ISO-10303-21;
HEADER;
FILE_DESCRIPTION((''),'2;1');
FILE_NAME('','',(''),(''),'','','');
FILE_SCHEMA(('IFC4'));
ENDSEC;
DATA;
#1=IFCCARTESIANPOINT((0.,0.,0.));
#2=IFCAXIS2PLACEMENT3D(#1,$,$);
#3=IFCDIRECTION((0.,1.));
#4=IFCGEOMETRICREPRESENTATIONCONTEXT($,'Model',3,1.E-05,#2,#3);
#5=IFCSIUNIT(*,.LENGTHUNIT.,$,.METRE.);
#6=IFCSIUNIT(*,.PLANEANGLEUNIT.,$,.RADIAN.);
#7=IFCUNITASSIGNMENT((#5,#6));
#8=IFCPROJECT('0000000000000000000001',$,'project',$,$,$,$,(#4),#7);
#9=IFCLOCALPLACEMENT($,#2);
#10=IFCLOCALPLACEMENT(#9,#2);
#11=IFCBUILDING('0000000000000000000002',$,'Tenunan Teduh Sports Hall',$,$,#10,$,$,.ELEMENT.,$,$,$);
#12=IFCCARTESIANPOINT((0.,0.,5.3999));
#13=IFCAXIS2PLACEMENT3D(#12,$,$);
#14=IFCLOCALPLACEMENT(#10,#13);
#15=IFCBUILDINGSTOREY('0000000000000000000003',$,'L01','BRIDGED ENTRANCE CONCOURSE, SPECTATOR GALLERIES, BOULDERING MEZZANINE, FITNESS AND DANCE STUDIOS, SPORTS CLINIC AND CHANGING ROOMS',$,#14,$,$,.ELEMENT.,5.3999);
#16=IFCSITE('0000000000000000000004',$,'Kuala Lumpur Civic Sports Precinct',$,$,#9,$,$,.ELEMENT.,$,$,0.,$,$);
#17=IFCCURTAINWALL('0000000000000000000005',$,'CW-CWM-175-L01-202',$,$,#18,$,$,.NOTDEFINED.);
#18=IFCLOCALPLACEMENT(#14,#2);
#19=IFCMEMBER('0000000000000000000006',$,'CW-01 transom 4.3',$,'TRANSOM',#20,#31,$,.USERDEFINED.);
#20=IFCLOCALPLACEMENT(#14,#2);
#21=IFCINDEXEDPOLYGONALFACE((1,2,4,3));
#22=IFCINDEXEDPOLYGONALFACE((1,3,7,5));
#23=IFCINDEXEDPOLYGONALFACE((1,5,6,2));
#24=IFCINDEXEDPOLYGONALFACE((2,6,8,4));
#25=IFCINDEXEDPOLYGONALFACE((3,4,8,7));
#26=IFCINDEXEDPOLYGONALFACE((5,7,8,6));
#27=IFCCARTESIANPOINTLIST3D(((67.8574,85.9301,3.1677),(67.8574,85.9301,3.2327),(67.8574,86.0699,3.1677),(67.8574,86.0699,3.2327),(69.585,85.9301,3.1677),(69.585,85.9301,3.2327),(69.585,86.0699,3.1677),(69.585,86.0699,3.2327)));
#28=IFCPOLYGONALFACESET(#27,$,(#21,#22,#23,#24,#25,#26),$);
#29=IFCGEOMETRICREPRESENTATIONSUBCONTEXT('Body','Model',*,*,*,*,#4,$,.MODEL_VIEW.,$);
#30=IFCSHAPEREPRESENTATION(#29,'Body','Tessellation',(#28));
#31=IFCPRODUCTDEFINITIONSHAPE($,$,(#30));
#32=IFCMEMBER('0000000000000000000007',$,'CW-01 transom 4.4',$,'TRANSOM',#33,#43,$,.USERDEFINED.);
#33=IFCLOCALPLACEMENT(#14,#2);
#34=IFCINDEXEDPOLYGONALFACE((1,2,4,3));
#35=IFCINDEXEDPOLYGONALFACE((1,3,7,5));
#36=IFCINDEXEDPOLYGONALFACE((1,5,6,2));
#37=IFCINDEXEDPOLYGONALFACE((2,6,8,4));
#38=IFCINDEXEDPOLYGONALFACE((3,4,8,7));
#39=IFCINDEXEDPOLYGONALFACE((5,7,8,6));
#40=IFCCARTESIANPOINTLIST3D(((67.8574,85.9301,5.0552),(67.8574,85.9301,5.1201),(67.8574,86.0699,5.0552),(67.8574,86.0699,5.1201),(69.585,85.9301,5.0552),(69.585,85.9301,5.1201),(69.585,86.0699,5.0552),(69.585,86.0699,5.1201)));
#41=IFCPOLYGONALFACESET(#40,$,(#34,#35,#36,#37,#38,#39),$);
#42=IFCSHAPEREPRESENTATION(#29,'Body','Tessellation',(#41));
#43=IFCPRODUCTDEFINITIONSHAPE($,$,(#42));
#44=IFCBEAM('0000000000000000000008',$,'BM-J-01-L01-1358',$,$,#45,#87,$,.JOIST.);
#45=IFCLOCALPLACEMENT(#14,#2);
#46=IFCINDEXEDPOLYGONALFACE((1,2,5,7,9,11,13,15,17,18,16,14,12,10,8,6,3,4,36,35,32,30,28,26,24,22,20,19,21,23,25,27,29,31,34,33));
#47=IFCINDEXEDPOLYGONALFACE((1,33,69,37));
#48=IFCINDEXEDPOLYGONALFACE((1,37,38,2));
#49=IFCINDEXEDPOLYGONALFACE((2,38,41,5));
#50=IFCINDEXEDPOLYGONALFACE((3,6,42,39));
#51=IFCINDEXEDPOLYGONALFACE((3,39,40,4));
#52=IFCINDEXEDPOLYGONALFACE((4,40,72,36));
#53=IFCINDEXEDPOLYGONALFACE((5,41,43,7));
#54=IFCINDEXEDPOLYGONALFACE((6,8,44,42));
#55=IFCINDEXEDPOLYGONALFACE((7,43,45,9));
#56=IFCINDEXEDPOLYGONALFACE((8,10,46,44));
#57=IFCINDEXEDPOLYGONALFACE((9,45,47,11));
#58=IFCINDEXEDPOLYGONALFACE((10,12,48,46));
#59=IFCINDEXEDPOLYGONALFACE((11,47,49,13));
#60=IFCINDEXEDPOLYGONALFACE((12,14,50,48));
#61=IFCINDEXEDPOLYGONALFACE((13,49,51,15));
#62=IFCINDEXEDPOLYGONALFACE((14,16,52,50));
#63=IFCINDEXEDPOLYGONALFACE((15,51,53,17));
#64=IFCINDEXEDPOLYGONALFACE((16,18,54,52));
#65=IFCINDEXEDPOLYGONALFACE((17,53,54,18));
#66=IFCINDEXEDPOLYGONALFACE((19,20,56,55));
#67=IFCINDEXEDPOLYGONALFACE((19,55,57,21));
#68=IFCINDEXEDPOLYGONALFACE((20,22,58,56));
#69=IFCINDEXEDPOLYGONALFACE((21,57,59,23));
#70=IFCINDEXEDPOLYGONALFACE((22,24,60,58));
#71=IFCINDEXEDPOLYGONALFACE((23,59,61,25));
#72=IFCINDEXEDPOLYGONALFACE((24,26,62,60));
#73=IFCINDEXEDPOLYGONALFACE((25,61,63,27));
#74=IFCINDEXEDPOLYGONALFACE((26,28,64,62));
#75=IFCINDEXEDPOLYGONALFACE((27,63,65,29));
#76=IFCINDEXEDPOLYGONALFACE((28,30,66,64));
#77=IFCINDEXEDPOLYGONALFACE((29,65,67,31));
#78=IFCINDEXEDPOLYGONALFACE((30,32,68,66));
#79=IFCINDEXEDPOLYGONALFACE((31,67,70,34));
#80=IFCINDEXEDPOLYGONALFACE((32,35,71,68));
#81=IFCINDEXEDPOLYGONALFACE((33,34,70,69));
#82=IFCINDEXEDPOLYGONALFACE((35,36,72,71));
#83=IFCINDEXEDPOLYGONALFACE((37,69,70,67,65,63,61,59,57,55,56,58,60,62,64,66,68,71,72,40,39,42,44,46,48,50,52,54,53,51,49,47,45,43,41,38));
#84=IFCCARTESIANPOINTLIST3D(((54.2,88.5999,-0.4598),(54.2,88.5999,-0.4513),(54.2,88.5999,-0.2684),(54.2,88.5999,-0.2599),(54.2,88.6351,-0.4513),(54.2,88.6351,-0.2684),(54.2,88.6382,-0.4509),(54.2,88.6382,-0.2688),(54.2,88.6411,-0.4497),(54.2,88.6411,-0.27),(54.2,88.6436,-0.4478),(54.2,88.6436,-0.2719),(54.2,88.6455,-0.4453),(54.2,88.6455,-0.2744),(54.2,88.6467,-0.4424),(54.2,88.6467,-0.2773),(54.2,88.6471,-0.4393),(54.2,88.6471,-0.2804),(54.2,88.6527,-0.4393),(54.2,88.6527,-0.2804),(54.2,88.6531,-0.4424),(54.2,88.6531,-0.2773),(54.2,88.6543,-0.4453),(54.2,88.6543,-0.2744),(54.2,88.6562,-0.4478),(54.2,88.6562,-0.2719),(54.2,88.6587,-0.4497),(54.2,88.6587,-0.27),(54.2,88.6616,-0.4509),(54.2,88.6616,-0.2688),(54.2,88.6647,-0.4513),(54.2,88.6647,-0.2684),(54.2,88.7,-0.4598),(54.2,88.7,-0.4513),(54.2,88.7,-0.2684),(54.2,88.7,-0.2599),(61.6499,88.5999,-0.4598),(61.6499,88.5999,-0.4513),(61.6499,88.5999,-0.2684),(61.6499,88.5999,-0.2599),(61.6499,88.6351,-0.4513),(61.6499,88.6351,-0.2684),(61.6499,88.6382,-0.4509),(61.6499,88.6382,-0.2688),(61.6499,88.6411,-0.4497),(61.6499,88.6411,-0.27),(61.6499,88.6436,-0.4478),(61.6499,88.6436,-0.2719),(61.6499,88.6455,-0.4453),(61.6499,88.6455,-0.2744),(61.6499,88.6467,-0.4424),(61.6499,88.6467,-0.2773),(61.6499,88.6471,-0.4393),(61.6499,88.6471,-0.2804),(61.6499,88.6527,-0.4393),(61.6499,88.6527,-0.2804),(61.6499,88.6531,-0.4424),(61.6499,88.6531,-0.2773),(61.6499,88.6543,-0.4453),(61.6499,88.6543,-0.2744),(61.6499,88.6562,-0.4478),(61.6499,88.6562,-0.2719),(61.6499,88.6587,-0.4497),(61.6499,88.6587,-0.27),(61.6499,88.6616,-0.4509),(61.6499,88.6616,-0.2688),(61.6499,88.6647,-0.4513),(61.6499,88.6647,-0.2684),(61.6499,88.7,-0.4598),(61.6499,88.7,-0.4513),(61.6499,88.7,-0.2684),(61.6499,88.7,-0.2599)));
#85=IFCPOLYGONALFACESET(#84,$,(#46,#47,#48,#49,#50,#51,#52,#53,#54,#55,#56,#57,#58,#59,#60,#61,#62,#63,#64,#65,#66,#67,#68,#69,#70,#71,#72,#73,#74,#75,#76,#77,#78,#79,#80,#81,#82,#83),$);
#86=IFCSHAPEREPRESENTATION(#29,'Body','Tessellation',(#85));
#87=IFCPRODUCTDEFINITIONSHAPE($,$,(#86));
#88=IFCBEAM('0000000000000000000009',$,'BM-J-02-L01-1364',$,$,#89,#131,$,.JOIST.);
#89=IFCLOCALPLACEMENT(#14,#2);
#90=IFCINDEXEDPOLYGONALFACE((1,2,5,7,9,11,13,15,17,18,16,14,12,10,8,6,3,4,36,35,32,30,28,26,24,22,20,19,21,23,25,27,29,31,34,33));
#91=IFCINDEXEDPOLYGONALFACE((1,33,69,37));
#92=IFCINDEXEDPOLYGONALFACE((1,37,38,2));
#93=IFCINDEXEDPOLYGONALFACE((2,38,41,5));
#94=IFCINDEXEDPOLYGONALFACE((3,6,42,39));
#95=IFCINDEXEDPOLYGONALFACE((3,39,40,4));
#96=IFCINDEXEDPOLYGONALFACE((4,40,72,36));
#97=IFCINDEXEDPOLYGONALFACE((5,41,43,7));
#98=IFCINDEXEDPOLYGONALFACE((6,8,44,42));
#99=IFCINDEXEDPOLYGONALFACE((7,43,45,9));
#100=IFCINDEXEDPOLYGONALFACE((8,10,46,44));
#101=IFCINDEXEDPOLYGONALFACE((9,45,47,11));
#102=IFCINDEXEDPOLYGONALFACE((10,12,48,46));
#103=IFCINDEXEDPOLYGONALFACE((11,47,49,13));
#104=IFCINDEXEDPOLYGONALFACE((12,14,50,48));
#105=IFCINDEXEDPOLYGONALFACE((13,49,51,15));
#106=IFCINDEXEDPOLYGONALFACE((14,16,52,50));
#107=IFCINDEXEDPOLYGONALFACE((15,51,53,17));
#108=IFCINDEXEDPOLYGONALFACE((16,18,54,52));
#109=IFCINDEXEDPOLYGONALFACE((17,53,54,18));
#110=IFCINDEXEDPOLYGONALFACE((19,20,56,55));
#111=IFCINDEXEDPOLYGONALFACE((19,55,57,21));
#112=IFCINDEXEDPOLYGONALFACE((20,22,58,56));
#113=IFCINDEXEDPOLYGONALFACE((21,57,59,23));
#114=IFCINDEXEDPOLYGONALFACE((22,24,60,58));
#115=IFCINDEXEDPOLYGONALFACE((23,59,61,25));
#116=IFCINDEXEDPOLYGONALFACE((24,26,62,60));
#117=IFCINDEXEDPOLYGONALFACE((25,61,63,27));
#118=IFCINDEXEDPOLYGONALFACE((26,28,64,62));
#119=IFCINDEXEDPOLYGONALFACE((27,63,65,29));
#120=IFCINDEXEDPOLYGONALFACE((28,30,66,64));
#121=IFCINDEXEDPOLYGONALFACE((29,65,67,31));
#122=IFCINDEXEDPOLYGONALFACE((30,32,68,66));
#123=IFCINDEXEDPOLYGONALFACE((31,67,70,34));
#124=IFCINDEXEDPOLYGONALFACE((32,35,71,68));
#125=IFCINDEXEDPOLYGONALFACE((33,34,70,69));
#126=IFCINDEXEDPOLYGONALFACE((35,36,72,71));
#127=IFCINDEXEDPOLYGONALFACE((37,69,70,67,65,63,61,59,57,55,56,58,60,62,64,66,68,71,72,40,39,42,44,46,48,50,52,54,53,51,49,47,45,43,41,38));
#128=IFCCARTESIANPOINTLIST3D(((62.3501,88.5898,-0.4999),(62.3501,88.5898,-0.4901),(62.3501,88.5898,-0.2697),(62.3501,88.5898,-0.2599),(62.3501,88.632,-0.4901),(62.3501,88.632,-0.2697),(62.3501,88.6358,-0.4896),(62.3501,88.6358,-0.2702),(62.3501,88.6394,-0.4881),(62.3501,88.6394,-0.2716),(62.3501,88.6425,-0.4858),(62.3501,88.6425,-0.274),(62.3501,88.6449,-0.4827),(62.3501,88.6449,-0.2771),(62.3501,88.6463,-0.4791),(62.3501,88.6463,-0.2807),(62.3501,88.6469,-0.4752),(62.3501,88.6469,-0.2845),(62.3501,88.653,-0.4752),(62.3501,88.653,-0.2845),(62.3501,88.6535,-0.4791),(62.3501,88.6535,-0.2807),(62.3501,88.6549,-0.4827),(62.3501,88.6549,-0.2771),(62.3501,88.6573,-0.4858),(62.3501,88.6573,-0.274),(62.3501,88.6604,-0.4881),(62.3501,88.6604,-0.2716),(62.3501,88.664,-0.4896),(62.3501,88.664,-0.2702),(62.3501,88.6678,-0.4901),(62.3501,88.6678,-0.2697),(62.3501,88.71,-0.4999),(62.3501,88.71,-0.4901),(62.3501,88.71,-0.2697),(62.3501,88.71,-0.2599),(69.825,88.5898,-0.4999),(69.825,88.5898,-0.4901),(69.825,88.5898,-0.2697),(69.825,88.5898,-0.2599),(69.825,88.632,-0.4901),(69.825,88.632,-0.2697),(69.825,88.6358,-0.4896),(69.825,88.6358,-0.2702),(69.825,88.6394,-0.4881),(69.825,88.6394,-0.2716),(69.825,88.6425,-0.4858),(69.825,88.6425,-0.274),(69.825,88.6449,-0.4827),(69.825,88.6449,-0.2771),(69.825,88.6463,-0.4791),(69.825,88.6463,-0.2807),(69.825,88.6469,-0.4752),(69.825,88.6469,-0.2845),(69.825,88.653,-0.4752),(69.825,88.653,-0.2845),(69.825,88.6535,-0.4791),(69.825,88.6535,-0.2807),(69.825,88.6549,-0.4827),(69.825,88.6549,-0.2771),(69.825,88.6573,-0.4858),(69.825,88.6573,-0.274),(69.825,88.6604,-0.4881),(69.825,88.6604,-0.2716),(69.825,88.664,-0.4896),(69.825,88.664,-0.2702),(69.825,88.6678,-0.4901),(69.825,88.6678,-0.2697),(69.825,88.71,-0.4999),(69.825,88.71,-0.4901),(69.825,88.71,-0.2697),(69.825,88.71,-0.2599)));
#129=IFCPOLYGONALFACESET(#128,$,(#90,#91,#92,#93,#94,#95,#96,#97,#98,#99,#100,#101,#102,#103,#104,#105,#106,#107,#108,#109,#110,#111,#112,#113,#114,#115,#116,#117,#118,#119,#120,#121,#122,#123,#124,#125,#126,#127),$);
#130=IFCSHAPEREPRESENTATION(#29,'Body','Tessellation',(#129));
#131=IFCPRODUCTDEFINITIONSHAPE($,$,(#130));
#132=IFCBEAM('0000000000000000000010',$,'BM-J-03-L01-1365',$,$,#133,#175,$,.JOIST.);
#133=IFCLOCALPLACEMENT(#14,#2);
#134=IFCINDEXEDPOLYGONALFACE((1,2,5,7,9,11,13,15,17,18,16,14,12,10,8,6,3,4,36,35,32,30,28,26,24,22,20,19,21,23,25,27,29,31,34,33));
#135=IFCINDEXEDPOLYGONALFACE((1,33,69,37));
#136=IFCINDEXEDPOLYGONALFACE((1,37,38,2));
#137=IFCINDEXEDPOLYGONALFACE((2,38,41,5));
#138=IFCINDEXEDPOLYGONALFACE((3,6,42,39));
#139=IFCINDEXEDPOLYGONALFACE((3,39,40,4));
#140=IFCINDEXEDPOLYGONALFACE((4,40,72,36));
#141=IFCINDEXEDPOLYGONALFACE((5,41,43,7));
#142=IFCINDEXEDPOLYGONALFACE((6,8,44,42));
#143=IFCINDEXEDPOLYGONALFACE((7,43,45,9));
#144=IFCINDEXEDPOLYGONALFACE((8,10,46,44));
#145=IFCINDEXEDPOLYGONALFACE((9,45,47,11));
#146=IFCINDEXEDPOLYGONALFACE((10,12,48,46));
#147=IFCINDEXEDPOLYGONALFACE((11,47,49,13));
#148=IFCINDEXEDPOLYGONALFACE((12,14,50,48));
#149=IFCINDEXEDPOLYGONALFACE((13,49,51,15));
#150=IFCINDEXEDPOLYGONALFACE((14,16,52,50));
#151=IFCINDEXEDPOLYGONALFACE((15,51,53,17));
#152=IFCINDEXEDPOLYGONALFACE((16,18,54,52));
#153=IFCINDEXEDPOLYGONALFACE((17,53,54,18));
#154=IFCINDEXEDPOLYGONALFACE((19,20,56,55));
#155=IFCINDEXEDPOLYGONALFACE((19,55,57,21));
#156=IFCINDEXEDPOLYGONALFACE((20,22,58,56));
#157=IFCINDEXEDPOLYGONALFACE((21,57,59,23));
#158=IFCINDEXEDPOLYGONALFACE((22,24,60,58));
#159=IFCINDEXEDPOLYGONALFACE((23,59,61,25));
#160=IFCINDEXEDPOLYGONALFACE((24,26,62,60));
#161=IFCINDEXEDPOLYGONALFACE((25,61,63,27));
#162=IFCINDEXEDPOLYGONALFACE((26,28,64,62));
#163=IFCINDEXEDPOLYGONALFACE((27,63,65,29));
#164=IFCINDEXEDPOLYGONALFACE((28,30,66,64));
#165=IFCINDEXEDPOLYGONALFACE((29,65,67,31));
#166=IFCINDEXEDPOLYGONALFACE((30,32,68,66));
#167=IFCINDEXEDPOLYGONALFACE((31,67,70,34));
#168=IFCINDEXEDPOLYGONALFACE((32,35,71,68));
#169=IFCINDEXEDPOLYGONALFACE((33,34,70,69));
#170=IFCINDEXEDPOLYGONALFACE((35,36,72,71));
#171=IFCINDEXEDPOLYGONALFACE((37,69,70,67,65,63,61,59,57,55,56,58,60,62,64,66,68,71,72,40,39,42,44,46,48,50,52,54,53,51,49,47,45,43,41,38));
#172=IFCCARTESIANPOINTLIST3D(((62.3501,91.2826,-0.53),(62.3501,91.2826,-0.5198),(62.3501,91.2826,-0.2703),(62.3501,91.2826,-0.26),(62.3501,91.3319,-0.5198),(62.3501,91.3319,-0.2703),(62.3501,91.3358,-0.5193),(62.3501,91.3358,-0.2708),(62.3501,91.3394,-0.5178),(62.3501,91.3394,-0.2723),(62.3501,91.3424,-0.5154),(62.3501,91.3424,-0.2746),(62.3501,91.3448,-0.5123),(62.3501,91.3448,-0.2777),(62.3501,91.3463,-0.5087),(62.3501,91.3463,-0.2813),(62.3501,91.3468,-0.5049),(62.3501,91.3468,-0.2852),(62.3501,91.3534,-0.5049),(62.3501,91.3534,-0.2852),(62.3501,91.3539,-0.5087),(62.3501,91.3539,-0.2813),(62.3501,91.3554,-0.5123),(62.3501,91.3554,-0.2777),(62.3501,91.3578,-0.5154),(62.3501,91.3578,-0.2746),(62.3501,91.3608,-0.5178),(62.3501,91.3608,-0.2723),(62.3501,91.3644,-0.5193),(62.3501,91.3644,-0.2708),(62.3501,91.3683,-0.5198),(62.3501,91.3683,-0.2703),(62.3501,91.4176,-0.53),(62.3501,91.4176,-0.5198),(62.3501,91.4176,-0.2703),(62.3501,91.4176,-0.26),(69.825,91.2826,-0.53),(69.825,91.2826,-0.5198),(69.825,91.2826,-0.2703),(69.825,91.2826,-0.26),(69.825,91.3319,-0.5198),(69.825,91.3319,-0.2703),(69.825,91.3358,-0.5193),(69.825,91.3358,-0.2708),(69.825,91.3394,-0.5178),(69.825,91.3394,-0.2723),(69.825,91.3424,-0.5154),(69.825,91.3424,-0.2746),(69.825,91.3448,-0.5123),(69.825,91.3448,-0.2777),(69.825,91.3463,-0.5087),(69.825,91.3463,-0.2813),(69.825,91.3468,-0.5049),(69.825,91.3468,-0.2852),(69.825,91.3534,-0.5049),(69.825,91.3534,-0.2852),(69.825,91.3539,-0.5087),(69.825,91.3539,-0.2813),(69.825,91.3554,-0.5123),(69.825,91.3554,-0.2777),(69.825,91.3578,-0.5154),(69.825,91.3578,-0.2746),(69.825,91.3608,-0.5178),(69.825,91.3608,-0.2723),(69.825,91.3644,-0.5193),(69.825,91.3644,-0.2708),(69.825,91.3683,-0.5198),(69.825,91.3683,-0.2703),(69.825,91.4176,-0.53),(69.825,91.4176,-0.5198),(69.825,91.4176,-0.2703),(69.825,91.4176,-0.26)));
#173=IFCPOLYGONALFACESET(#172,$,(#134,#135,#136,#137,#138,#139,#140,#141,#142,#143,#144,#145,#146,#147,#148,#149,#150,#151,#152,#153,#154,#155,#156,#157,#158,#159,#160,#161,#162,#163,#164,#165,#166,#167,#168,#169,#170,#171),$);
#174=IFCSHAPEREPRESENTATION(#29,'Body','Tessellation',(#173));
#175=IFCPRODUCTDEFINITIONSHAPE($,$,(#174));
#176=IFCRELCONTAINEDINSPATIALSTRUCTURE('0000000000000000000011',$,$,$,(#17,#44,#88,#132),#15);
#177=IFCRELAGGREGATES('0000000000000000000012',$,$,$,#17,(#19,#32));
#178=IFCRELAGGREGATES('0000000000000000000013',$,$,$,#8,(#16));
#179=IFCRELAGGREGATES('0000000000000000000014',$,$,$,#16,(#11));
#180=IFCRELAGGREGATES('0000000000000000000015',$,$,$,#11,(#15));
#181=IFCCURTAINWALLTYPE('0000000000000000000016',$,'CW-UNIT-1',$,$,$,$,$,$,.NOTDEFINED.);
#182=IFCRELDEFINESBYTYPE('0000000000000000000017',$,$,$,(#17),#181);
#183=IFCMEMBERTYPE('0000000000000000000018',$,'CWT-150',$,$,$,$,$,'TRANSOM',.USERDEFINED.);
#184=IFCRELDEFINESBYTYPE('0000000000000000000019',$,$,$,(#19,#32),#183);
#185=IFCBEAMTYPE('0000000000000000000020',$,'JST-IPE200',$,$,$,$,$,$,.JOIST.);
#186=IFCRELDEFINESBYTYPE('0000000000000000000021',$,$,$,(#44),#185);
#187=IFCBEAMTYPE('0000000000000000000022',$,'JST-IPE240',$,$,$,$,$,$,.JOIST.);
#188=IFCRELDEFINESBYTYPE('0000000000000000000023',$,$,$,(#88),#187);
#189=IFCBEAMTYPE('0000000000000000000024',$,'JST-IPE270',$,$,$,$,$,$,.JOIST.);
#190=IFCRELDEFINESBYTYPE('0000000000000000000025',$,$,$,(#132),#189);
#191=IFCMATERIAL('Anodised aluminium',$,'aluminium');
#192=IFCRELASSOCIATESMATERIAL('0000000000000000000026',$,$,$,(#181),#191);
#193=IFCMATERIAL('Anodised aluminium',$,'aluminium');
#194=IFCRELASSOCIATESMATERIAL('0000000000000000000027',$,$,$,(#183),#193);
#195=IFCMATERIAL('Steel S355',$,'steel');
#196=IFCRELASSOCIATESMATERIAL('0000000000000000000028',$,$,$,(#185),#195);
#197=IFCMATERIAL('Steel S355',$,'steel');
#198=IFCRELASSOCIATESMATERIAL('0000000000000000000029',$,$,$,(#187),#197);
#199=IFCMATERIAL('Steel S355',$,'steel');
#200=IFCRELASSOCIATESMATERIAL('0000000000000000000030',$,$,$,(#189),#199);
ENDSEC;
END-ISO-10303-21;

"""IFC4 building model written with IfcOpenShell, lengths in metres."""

from ifc_helpers import new_model, si_unit, direction, frame, origin, origin_2d, place, context, subcontext, project, spatial, rectangle, i_section, extrude, material, material_profile, profile_set, type_object, element, aggregate, save


model = new_model("IFC4")

# Units and contexts
model_context = context("Model", 3, precision=1e-05, world=origin(), true_north=direction((0.0, 1.0)))
body_context = subcontext(model_context, "Body", "Model", "MODEL_VIEW")
ifc_project = project(units=[si_unit("LENGTHUNIT", "METRE"), si_unit("PLANEANGLEUNIT", "RADIAN")], contexts=[model_context])

# Site, building, storey
site_placement = place(None, origin())
site = spatial("IfcSite", under=ifc_project, at=site_placement, Name="Kuala Lumpur Civic Sports Precinct", CompositionType="ELEMENT", RefElevation=0.0)
building_placement = place(site_placement, origin())
building = spatial("IfcBuilding", under=site, at=building_placement, Name="Tenunan Teduh Sports Hall", CompositionType="ELEMENT")
storey_placement = place(building_placement, frame((0.0, 0.0, 5.3999)))
storey = spatial("IfcBuildingStorey", under=building, at=storey_placement, Name="L01", Description="BRIDGED ENTRANCE CONCOURSE, SPECTATOR GALLERIES, BOULDERING MEZZANINE, FITNESS AND DANCE STUDIOS, SPORTS CLINIC AND CHANGING ROOMS", CompositionType="ELEMENT", Elevation=5.3999)

# Curtain wall, members
ifc_material_1 = material(Name="Anodised aluminium", Category="aluminium")
curtain_wall_type = type_object("IfcCurtainWallType", Name="CW-UNIT-1", PredefinedType="NOTDEFINED", material=ifc_material_1)
curtain_wall_placement = place(storey_placement, origin())
curtain_wall = element("IfcCurtainWall", 1, at=curtain_wall_placement, inside=storey, type_object=curtain_wall_type, Name="CW-CWM-175-L01-202", PredefinedType="NOTDEFINED")
ifc_material_2 = material(Name="Anodised aluminium", Category="aluminium")
ifc_material_profile_1 = material_profile(ifc_material_2, rectangle(XDim=0.0649, YDim=0.1399, at=origin_2d()), Name="CWT 65x140")
ifc_profile_set_1 = profile_set([ifc_material_profile_1], Name="Anodised aluminium")
member_type_1 = type_object("IfcMemberType", Name="CWT-150", ElementType="TRANSOM", PredefinedType="USERDEFINED", material=ifc_profile_set_1)
member_1_placement = place(storey_placement, frame((67.8574, 86.0, 3.2002), z_axis=(1.0, 0.0, 0.0), x_axis=(0.0, 0.0, 1.0)))
member_1 = element("IfcMember", 2, at=member_1_placement, type_object=member_type_1, Name="CW-01 transom 4.3", ObjectType="TRANSOM", PredefinedType="USERDEFINED", context=body_context, shape_type="SweptSolid", body=[
    extrude(rectangle(XDim=0.0649, YDim=0.1399, at=origin_2d()), origin(), (0.0, 0.0, 1.0), 1.7275),
])
member_2_placement = place(storey_placement, frame((67.8574, 86.0, 5.0876), z_axis=(1.0, 0.0, 0.0), x_axis=(0.0, 0.0, 1.0)))
member_2 = element("IfcMember", 3, at=member_2_placement, type_object=member_type_1, Name="CW-01 transom 4.4", ObjectType="TRANSOM", PredefinedType="USERDEFINED", context=body_context, shape_type="SweptSolid", body=[
    extrude(rectangle(XDim=0.0649, YDim=0.1399, at=origin_2d()), origin(), (0.0, 0.0, 1.0), 1.7275),
])

# Beams
ifc_material_3 = material(Name="Steel S355", Category="steel")
ifc_material_profile_2 = material_profile(ifc_material_3, i_section(OverallWidth=0.1001, OverallDepth=0.2, WebThickness=0.0056, FlangeThickness=0.0085, FilletRadius=0.012, at=origin_2d()), Name="IPE 200")
ifc_profile_set_2 = profile_set([ifc_material_profile_2], Name="Steel S355")
beam_type_1 = type_object("IfcBeamType", Name="JST-IPE200", PredefinedType="JOIST", material=ifc_profile_set_2)
beam_1_placement = place(storey_placement, frame((54.2, 88.6499, -0.3599), z_axis=(1.0, 0.0, 0.0), x_axis=(0.0, 1.0, 0.0)))
element("IfcBeam", 4, at=beam_1_placement, inside=storey, type_object=beam_type_1, Name="BM-J-01-L01-1358", PredefinedType="JOIST", context=body_context, shape_type="SweptSolid", body=[
    extrude(i_section(OverallWidth=0.1001, OverallDepth=0.2, WebThickness=0.0056, FlangeThickness=0.0085, FilletRadius=0.012, at=origin_2d()), origin(), (0.0, 0.0, 1.0), 7.45),
])
ifc_material_4 = material(Name="Steel S355", Category="steel")
ifc_material_profile_3 = material_profile(ifc_material_4, i_section(OverallWidth=0.1201, OverallDepth=0.24, WebThickness=0.0061, FlangeThickness=0.0098, FilletRadius=0.0149, at=origin_2d()), Name="IPE 240")
ifc_profile_set_3 = profile_set([ifc_material_profile_3], Name="Steel S355")
beam_type_2 = type_object("IfcBeamType", Name="JST-IPE240", PredefinedType="JOIST", material=ifc_profile_set_3)
beam_2_placement = place(storey_placement, frame((62.3501, 88.6499, -0.3799), z_axis=(1.0, 0.0, 0.0), x_axis=(0.0, 1.0, 0.0)))
element("IfcBeam", 5, at=beam_2_placement, inside=storey, type_object=beam_type_2, Name="BM-J-02-L01-1364", PredefinedType="JOIST", context=body_context, shape_type="SweptSolid", body=[
    extrude(i_section(OverallWidth=0.1201, OverallDepth=0.24, WebThickness=0.0061, FlangeThickness=0.0098, FilletRadius=0.0149, at=origin_2d()), origin(), (0.0, 0.0, 1.0), 7.4749),
])
ifc_material_5 = material(Name="Steel S355", Category="steel")
ifc_material_profile_4 = material_profile(ifc_material_5, i_section(OverallWidth=0.135, OverallDepth=0.27, WebThickness=0.0066, FlangeThickness=0.0103, FilletRadius=0.0149, at=origin_2d()), Name="IPE 270")
ifc_profile_set_4 = profile_set([ifc_material_profile_4], Name="Steel S355")
beam_type_3 = type_object("IfcBeamType", Name="JST-IPE270", PredefinedType="JOIST", material=ifc_profile_set_4)
beam_3_placement = place(storey_placement, frame((62.3501, 91.3501, -0.395), z_axis=(1.0, 0.0, 0.0), x_axis=(0.0, 1.0, 0.0)))
element("IfcBeam", 6, at=beam_3_placement, inside=storey, type_object=beam_type_3, Name="BM-J-03-L01-1365", PredefinedType="JOIST", context=body_context, shape_type="SweptSolid", body=[
    extrude(i_section(OverallWidth=0.135, OverallDepth=0.27, WebThickness=0.0066, FlangeThickness=0.0103, FilletRadius=0.0149, at=origin_2d()), origin(), (0.0, 0.0, 1.0), 7.4749),
])

aggregate(curtain_wall, [member_1, member_2])

save(model, "model.ifc")
